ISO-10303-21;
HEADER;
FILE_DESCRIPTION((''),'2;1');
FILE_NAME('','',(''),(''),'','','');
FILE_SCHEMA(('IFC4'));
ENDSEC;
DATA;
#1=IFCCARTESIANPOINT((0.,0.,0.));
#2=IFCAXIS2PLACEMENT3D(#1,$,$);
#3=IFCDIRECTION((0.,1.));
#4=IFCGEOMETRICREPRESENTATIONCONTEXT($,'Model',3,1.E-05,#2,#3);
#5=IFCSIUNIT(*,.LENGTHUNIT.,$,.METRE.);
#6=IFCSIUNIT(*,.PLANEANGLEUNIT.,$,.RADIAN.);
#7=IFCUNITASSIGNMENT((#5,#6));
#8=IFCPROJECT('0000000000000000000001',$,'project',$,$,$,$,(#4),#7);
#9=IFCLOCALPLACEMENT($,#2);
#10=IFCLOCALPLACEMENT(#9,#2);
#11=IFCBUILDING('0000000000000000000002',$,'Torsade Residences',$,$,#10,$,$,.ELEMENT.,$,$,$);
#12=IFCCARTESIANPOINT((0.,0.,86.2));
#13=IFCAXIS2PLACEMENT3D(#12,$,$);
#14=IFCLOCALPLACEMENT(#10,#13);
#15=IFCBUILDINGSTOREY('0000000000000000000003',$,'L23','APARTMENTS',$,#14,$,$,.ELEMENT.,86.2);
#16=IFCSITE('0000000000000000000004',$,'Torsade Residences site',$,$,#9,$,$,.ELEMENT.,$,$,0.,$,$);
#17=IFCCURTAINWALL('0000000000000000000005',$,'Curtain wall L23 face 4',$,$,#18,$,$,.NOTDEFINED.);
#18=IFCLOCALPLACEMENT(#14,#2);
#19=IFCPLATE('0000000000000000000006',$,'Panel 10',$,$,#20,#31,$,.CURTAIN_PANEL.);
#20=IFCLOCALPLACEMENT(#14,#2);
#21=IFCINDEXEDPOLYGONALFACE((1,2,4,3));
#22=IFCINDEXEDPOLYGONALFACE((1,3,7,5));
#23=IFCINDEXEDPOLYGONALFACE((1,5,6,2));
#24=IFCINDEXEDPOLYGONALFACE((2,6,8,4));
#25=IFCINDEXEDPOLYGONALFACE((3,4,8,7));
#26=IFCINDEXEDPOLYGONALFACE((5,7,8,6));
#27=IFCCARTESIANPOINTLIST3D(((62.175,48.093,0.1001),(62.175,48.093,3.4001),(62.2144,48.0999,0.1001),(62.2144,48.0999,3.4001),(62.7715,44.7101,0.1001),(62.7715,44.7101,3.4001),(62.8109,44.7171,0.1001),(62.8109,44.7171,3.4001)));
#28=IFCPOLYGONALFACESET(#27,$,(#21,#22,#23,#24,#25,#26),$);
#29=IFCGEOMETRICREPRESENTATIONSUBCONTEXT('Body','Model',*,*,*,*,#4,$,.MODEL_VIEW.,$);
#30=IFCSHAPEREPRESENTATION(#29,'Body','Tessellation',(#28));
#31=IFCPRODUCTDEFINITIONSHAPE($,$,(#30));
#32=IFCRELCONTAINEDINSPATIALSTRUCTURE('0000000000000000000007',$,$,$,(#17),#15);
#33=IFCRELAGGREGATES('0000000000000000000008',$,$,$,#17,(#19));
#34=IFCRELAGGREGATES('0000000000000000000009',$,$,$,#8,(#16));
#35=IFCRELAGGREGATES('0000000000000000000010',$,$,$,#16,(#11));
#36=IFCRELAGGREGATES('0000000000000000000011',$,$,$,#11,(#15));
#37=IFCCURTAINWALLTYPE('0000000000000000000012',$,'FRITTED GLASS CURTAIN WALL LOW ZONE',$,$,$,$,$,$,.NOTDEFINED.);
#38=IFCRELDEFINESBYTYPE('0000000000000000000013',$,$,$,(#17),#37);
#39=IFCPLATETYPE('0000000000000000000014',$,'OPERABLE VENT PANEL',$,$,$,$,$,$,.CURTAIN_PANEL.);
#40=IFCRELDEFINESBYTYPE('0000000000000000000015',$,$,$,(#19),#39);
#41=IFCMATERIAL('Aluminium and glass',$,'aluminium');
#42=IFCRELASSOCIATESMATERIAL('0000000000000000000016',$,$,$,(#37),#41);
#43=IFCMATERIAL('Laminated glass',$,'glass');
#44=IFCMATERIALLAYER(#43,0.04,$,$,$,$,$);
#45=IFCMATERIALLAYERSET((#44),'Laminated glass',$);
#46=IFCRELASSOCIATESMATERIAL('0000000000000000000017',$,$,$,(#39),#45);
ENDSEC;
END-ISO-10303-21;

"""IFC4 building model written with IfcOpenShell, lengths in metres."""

from ifc_helpers import new_model, si_unit, direction, frame, origin, origin_2d, place, context, subcontext, project, spatial, rectangle, extrude, material, layer, layer_set, type_object, element, aggregate, save


model = new_model("IFC4")

# Units and contexts
model_context = context("Model", 3, precision=1e-05, world=origin(), true_north=direction((0.0, 1.0)))
body_context = subcontext(model_context, "Body", "Model", "MODEL_VIEW")
ifc_project = project(units=[si_unit("LENGTHUNIT", "METRE"), si_unit("PLANEANGLEUNIT", "RADIAN")], contexts=[model_context])

# Site, building, storey
site_placement = place(None, origin())
site = spatial("IfcSite", under=ifc_project, at=site_placement, Name="Torsade Residences site", CompositionType="ELEMENT", RefElevation=0.0)
building_placement = place(site_placement, origin())
building = spatial("IfcBuilding", under=site, at=building_placement, Name="Torsade Residences", CompositionType="ELEMENT")
storey_placement = place(building_placement, frame((0.0, 0.0, 86.2)))
storey = spatial("IfcBuildingStorey", under=building, at=storey_placement, Name="L23", Description="APARTMENTS", CompositionType="ELEMENT", Elevation=86.2)

# Curtain wall
ifc_material_1 = material(Name="Aluminium and glass", Category="aluminium")
curtain_wall_type = type_object("IfcCurtainWallType", Name="FRITTED GLASS CURTAIN WALL LOW ZONE", PredefinedType="NOTDEFINED", material=ifc_material_1)
curtain_wall_placement = place(storey_placement, origin())
curtain_wall = element("IfcCurtainWall", 1, at=curtain_wall_placement, inside=storey, type_object=curtain_wall_type, Name="Curtain wall L23 face 4", PredefinedType="NOTDEFINED")

# Plate
ifc_material_2 = material(Name="Laminated glass", Category="glass")
ifc_layer_1 = layer(ifc_material_2, 0.04)
ifc_layer_set_1 = layer_set([ifc_layer_1], Name="Laminated glass")
plate_type_1 = type_object("IfcPlateType", Name="OPERABLE VENT PANEL", PredefinedType="CURTAIN_PANEL", material=ifc_layer_set_1)
plate_1_placement = place(storey_placement, frame((62.4929, 46.405, 0.1001), z_axis=(0.0, 0.0, 1.0), x_axis=(-0.173648, 0.984808, 0.0)))
plate_1 = element("IfcPlate", 2, at=plate_1_placement, type_object=plate_type_1, Name="Panel 10", PredefinedType="CURTAIN_PANEL", context=body_context, shape_type="SweptSolid", body=[
    extrude(rectangle(XDim=3.4351, YDim=0.04, at=origin_2d()), origin(), (0.0, 0.0, 1.0), 3.3),
])
aggregate(curtain_wall, [plate_1])

save(model, "model.ifc")
